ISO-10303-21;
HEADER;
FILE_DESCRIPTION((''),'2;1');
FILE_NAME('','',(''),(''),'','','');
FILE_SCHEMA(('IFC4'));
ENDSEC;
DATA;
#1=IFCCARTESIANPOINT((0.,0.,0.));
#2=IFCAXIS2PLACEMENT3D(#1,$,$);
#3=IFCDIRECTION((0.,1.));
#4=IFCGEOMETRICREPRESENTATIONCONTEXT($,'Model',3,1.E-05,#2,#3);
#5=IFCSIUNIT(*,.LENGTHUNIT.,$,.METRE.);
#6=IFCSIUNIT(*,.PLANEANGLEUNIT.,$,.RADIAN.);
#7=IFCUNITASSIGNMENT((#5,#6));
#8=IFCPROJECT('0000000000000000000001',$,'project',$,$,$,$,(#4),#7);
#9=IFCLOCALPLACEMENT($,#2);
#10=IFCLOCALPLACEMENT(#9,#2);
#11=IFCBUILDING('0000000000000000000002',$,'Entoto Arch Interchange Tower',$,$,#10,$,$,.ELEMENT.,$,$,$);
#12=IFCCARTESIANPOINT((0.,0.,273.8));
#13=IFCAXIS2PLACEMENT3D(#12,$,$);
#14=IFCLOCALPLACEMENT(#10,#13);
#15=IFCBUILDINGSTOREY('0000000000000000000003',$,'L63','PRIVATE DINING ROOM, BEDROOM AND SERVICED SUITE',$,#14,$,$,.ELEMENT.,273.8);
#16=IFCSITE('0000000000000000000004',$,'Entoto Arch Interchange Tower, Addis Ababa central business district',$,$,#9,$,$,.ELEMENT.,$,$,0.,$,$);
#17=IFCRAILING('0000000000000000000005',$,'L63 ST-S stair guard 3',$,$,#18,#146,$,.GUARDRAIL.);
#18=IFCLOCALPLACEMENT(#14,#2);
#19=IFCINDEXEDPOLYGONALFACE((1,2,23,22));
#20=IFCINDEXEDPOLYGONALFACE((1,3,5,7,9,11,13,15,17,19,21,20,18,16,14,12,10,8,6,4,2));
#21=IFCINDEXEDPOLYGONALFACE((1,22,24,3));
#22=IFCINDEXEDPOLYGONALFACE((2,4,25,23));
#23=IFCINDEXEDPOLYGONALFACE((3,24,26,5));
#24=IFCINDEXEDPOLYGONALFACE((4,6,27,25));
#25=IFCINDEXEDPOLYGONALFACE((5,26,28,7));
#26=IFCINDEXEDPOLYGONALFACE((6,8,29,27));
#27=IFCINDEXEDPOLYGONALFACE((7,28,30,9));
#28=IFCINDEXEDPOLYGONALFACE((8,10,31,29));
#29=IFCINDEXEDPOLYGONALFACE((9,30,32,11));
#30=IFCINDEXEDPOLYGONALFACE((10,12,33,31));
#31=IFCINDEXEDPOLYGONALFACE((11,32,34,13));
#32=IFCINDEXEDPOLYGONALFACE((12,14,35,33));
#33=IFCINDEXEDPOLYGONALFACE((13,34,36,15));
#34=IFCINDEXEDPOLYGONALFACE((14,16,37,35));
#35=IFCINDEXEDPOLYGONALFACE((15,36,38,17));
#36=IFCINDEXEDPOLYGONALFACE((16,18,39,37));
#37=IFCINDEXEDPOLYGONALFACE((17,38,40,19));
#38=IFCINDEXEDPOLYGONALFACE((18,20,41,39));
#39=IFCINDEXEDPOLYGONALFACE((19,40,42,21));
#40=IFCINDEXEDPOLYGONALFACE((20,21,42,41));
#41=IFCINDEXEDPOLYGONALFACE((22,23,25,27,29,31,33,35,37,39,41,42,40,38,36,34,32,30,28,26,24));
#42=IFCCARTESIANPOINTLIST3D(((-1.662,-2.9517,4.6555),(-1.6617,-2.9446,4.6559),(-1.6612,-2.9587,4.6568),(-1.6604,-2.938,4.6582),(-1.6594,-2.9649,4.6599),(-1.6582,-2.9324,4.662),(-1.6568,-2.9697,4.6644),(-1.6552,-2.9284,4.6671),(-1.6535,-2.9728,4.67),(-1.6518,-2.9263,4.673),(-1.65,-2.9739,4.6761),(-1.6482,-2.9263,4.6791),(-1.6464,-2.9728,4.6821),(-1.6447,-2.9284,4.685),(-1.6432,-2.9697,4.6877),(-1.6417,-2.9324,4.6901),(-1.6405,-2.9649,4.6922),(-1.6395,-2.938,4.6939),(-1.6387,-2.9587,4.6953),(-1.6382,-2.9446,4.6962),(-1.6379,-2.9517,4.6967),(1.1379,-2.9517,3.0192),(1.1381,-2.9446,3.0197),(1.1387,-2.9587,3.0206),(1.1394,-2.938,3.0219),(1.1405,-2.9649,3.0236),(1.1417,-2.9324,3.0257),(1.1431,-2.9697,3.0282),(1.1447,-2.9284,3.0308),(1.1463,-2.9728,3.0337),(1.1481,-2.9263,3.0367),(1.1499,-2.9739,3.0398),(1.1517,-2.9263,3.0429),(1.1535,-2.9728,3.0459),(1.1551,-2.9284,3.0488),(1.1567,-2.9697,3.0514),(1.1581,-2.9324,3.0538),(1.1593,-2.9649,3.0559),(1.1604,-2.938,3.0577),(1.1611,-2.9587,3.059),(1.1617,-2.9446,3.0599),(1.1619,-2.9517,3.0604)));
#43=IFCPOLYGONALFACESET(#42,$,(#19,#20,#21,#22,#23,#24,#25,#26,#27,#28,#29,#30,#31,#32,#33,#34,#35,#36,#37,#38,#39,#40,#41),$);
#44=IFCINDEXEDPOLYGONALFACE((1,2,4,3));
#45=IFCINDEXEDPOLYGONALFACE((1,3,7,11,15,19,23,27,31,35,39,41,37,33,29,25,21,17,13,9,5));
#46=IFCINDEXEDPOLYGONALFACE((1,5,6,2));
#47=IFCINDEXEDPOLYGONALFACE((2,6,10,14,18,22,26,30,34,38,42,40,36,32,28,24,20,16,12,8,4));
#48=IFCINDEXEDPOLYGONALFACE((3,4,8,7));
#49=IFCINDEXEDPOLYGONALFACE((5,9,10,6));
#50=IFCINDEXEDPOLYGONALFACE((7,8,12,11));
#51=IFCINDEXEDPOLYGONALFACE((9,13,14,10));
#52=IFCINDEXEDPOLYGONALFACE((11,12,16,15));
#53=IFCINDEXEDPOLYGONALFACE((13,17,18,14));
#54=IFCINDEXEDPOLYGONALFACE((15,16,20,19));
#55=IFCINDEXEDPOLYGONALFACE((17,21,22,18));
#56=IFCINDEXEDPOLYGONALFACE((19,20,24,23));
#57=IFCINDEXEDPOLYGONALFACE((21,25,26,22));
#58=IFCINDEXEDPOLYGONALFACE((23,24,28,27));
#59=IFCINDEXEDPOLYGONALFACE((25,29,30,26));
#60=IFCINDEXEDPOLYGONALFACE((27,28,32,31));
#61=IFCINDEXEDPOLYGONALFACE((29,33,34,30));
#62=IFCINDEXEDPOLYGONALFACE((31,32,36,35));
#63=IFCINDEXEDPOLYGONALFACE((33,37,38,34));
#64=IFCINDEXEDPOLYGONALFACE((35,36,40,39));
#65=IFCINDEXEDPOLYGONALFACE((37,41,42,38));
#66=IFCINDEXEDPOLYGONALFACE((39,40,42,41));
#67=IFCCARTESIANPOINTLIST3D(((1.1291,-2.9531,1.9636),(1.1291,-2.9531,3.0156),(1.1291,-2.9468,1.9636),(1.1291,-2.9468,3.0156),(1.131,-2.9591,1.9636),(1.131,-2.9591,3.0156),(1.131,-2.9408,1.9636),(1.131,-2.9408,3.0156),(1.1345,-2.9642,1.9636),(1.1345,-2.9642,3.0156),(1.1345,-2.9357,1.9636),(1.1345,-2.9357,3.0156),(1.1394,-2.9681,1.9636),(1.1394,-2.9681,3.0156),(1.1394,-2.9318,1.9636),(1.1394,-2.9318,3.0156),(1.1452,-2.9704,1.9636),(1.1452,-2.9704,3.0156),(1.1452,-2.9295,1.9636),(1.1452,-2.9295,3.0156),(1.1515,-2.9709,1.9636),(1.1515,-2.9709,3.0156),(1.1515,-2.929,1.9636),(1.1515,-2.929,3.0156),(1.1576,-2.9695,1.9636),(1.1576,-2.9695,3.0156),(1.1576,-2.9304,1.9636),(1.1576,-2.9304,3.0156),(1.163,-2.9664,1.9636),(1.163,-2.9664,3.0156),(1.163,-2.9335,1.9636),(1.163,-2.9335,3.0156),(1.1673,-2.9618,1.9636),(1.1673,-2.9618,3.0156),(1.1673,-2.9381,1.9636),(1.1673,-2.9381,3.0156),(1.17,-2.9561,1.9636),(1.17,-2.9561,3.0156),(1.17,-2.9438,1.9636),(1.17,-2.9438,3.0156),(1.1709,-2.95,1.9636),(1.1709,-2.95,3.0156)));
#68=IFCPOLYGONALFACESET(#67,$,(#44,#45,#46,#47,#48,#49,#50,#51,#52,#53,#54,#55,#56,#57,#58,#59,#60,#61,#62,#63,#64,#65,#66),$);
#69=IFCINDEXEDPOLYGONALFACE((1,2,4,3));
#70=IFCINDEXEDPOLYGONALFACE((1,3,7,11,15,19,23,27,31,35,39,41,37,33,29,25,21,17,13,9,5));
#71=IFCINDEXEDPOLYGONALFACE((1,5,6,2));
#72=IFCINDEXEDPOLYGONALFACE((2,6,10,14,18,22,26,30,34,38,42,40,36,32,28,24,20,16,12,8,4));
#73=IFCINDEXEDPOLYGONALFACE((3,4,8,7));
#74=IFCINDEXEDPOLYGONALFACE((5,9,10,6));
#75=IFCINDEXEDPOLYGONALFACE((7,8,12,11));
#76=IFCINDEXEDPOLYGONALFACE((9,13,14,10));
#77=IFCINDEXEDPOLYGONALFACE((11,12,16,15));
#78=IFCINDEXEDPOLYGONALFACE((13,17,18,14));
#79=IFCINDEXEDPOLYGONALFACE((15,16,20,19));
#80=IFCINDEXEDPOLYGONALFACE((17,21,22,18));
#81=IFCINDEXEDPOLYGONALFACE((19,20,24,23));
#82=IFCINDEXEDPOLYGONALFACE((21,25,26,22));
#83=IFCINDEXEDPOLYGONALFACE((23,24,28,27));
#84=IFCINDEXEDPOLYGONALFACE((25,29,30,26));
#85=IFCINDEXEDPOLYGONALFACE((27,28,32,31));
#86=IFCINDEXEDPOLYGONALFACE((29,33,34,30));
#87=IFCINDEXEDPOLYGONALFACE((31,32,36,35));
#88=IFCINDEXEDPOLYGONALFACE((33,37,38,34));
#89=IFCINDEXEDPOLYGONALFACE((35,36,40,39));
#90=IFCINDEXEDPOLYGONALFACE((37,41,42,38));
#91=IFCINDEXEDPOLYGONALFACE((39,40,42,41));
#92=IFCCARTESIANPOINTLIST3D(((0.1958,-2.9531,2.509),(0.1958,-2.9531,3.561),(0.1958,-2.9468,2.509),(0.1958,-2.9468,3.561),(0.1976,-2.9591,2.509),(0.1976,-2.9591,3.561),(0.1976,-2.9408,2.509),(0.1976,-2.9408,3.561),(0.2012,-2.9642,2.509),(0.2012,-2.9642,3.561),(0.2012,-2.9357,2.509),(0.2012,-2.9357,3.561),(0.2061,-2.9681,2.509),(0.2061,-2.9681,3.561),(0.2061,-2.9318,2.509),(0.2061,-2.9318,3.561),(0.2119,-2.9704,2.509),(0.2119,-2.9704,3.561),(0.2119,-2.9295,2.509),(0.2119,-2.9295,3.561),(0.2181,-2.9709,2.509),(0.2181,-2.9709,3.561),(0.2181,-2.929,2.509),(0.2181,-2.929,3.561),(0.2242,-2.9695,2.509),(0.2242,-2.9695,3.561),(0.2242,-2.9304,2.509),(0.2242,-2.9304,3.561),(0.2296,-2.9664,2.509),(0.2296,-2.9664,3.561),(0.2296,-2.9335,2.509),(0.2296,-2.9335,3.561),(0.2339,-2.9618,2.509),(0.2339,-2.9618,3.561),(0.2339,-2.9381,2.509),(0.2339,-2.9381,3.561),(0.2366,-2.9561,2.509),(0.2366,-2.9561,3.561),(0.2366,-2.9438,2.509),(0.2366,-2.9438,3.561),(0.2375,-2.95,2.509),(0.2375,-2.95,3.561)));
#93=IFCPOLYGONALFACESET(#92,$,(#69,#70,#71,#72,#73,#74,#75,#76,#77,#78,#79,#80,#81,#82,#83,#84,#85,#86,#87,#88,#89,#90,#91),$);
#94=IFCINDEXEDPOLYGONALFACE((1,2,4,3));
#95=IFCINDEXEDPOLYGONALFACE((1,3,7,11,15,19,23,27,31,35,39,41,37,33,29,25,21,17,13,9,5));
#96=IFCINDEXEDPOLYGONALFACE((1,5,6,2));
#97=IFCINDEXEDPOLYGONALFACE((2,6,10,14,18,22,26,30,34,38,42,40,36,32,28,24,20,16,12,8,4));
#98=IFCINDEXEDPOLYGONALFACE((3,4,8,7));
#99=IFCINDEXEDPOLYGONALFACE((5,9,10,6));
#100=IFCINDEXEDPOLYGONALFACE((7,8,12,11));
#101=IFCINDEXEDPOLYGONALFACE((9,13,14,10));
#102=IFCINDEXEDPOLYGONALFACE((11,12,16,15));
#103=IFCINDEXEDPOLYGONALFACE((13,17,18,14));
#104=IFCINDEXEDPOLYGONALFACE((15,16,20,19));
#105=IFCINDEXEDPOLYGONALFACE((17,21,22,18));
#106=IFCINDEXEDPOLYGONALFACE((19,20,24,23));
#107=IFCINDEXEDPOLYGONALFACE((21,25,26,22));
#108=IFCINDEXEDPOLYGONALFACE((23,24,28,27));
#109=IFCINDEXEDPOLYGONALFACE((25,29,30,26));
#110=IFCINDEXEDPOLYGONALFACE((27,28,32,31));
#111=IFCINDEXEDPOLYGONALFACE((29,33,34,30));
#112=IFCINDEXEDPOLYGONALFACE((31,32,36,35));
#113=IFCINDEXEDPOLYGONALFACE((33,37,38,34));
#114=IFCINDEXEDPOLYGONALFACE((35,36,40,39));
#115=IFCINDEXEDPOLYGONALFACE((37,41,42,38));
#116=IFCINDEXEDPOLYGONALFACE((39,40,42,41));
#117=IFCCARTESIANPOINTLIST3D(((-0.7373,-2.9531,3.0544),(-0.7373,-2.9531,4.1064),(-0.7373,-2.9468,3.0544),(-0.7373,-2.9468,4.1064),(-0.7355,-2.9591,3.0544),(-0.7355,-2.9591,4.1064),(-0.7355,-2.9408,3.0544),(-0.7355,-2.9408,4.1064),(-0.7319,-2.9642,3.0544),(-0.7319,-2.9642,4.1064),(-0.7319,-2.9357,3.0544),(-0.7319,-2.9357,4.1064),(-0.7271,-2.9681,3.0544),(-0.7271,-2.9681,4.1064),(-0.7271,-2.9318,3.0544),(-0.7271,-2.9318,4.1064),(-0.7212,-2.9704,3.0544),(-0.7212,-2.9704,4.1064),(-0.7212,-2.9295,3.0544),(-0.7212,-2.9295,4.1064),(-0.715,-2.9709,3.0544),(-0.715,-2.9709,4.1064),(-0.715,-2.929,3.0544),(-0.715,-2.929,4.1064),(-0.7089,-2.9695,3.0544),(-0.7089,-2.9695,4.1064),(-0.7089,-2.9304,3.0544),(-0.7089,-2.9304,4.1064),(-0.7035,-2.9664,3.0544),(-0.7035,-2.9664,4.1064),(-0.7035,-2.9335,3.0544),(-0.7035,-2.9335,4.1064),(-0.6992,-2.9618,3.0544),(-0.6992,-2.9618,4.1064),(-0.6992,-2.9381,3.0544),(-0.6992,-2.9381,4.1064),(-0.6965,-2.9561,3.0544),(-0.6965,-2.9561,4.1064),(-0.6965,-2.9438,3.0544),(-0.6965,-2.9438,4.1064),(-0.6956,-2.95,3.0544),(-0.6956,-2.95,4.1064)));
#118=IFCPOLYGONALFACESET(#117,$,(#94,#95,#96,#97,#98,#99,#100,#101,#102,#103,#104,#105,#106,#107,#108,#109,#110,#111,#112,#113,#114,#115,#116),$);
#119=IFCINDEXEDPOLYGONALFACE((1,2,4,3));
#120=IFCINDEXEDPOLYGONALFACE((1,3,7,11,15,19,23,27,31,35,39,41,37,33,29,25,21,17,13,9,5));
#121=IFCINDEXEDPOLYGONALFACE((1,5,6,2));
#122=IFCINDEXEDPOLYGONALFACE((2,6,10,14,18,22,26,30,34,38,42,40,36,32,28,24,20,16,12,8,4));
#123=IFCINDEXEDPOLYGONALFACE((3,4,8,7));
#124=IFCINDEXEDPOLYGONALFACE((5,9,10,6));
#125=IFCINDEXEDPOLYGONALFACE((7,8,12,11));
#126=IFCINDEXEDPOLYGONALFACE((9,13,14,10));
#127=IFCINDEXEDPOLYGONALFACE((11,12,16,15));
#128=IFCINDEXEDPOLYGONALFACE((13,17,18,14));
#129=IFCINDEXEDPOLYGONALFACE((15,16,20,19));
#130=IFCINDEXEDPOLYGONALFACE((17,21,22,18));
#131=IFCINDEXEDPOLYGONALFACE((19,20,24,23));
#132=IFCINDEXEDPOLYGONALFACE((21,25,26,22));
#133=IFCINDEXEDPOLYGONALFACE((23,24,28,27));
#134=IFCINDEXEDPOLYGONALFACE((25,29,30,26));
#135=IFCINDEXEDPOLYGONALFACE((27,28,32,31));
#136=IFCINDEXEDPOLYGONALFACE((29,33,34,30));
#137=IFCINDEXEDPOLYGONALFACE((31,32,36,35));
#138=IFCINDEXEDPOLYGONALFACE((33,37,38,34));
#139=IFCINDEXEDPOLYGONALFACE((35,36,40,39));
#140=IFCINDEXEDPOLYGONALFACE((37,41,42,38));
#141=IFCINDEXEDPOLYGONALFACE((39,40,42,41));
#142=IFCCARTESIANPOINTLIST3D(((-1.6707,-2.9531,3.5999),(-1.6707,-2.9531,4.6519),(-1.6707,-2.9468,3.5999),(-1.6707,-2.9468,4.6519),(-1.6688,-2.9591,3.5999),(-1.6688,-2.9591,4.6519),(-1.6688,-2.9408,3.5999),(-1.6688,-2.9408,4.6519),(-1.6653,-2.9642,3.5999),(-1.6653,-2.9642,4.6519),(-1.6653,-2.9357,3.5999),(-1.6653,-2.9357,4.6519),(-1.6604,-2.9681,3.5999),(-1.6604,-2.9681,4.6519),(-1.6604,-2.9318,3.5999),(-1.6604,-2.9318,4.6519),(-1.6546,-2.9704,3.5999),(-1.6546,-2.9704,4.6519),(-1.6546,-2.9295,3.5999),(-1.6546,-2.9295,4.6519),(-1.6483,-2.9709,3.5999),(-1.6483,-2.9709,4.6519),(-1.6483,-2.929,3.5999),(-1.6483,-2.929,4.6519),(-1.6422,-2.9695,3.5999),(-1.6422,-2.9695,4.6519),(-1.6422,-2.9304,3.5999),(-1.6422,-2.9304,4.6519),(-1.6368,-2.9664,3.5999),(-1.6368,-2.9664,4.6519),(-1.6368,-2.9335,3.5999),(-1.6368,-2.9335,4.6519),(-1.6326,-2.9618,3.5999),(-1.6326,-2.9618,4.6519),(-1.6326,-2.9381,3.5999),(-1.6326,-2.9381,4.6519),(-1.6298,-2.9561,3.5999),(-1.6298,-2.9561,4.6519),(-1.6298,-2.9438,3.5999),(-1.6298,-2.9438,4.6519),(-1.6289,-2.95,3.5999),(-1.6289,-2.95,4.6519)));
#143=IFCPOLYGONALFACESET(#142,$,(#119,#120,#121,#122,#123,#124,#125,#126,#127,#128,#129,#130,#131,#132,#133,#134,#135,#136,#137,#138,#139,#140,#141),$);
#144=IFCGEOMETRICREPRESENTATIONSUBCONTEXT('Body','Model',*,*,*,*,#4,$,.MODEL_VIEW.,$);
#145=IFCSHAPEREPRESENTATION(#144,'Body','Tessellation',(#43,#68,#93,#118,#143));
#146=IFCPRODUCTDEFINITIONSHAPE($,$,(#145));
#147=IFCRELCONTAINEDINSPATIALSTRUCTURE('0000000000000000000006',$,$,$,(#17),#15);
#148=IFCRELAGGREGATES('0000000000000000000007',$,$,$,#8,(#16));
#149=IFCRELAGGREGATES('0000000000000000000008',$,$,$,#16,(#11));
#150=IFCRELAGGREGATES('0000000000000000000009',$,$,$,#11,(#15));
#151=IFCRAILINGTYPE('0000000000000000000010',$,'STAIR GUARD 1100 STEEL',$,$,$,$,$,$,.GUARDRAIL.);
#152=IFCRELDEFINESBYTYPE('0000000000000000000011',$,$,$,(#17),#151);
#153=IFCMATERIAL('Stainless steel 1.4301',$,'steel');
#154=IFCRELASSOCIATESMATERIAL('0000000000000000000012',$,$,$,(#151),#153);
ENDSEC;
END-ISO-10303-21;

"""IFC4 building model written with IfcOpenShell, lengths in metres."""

from ifc_helpers import new_model, si_unit, direction, frame, origin, origin_2d, place, context, subcontext, project, spatial, circle, extrude, material, type_object, element, save


model = new_model("IFC4")

# Units and contexts
model_context = context("Model", 3, precision=1e-05, world=origin(), true_north=direction((0.0, 1.0)))
body_context = subcontext(model_context, "Body", "Model", "MODEL_VIEW")
ifc_project = project(units=[si_unit("LENGTHUNIT", "METRE"), si_unit("PLANEANGLEUNIT", "RADIAN")], contexts=[model_context])

# Site, building, storey
site_placement = place(None, origin())
site = spatial("IfcSite", under=ifc_project, at=site_placement, Name="Entoto Arch Interchange Tower, Addis Ababa central business district", CompositionType="ELEMENT", RefElevation=0.0)
building_placement = place(site_placement, origin())
building = spatial("IfcBuilding", under=site, at=building_placement, Name="Entoto Arch Interchange Tower", CompositionType="ELEMENT")
storey_placement = place(building_placement, frame((0.0, 0.0, 273.8)))
storey = spatial("IfcBuildingStorey", under=building, at=storey_placement, Name="L63", Description="PRIVATE DINING ROOM, BEDROOM AND SERVICED SUITE", CompositionType="ELEMENT", Elevation=273.8)

# Railing
ifc_material_1 = material(Name="Stainless steel 1.4301", Category="steel")
railing_type_1 = type_object("IfcRailingType", Name="STAIR GUARD 1100 STEEL", PredefinedType="GUARDRAIL", material=ifc_material_1)
railing_1_placement = place(storey_placement, frame((1.1499, -2.95, 1.9636)))
element("IfcRailing", 1, at=railing_1_placement, inside=storey, type_object=railing_type_1, Name="L63 ST-S stair guard 3", PredefinedType="GUARDRAIL", context=body_context, shape_type="SweptSolid", body=[
    extrude(circle(Radius=0.0239, at=origin_2d()), frame((0.0, 0.0, 1.0762), z_axis=(-0.863374, 0.0, 0.504564), x_axis=(0.0, -1.0, 0.0)), (0.0, 0.0, 1.0), 3.2429),
    extrude(circle(Radius=0.021, at=origin_2d()), origin(), (0.0, 0.0, 1.0), 1.052),
    extrude(circle(Radius=0.021, at=origin_2d()), frame((-0.9333, 0.0, 0.5454)), (0.0, 0.0, 1.0), 1.052),
    extrude(circle(Radius=0.021, at=origin_2d()), frame((-1.8665, 0.0, 1.0908)), (0.0, 0.0, 1.0), 1.052),
    extrude(circle(Radius=0.021, at=origin_2d()), frame((-2.7998, 0.0, 1.6362)), (0.0, 0.0, 1.0), 1.052),
])

save(model, "model.ifc")
